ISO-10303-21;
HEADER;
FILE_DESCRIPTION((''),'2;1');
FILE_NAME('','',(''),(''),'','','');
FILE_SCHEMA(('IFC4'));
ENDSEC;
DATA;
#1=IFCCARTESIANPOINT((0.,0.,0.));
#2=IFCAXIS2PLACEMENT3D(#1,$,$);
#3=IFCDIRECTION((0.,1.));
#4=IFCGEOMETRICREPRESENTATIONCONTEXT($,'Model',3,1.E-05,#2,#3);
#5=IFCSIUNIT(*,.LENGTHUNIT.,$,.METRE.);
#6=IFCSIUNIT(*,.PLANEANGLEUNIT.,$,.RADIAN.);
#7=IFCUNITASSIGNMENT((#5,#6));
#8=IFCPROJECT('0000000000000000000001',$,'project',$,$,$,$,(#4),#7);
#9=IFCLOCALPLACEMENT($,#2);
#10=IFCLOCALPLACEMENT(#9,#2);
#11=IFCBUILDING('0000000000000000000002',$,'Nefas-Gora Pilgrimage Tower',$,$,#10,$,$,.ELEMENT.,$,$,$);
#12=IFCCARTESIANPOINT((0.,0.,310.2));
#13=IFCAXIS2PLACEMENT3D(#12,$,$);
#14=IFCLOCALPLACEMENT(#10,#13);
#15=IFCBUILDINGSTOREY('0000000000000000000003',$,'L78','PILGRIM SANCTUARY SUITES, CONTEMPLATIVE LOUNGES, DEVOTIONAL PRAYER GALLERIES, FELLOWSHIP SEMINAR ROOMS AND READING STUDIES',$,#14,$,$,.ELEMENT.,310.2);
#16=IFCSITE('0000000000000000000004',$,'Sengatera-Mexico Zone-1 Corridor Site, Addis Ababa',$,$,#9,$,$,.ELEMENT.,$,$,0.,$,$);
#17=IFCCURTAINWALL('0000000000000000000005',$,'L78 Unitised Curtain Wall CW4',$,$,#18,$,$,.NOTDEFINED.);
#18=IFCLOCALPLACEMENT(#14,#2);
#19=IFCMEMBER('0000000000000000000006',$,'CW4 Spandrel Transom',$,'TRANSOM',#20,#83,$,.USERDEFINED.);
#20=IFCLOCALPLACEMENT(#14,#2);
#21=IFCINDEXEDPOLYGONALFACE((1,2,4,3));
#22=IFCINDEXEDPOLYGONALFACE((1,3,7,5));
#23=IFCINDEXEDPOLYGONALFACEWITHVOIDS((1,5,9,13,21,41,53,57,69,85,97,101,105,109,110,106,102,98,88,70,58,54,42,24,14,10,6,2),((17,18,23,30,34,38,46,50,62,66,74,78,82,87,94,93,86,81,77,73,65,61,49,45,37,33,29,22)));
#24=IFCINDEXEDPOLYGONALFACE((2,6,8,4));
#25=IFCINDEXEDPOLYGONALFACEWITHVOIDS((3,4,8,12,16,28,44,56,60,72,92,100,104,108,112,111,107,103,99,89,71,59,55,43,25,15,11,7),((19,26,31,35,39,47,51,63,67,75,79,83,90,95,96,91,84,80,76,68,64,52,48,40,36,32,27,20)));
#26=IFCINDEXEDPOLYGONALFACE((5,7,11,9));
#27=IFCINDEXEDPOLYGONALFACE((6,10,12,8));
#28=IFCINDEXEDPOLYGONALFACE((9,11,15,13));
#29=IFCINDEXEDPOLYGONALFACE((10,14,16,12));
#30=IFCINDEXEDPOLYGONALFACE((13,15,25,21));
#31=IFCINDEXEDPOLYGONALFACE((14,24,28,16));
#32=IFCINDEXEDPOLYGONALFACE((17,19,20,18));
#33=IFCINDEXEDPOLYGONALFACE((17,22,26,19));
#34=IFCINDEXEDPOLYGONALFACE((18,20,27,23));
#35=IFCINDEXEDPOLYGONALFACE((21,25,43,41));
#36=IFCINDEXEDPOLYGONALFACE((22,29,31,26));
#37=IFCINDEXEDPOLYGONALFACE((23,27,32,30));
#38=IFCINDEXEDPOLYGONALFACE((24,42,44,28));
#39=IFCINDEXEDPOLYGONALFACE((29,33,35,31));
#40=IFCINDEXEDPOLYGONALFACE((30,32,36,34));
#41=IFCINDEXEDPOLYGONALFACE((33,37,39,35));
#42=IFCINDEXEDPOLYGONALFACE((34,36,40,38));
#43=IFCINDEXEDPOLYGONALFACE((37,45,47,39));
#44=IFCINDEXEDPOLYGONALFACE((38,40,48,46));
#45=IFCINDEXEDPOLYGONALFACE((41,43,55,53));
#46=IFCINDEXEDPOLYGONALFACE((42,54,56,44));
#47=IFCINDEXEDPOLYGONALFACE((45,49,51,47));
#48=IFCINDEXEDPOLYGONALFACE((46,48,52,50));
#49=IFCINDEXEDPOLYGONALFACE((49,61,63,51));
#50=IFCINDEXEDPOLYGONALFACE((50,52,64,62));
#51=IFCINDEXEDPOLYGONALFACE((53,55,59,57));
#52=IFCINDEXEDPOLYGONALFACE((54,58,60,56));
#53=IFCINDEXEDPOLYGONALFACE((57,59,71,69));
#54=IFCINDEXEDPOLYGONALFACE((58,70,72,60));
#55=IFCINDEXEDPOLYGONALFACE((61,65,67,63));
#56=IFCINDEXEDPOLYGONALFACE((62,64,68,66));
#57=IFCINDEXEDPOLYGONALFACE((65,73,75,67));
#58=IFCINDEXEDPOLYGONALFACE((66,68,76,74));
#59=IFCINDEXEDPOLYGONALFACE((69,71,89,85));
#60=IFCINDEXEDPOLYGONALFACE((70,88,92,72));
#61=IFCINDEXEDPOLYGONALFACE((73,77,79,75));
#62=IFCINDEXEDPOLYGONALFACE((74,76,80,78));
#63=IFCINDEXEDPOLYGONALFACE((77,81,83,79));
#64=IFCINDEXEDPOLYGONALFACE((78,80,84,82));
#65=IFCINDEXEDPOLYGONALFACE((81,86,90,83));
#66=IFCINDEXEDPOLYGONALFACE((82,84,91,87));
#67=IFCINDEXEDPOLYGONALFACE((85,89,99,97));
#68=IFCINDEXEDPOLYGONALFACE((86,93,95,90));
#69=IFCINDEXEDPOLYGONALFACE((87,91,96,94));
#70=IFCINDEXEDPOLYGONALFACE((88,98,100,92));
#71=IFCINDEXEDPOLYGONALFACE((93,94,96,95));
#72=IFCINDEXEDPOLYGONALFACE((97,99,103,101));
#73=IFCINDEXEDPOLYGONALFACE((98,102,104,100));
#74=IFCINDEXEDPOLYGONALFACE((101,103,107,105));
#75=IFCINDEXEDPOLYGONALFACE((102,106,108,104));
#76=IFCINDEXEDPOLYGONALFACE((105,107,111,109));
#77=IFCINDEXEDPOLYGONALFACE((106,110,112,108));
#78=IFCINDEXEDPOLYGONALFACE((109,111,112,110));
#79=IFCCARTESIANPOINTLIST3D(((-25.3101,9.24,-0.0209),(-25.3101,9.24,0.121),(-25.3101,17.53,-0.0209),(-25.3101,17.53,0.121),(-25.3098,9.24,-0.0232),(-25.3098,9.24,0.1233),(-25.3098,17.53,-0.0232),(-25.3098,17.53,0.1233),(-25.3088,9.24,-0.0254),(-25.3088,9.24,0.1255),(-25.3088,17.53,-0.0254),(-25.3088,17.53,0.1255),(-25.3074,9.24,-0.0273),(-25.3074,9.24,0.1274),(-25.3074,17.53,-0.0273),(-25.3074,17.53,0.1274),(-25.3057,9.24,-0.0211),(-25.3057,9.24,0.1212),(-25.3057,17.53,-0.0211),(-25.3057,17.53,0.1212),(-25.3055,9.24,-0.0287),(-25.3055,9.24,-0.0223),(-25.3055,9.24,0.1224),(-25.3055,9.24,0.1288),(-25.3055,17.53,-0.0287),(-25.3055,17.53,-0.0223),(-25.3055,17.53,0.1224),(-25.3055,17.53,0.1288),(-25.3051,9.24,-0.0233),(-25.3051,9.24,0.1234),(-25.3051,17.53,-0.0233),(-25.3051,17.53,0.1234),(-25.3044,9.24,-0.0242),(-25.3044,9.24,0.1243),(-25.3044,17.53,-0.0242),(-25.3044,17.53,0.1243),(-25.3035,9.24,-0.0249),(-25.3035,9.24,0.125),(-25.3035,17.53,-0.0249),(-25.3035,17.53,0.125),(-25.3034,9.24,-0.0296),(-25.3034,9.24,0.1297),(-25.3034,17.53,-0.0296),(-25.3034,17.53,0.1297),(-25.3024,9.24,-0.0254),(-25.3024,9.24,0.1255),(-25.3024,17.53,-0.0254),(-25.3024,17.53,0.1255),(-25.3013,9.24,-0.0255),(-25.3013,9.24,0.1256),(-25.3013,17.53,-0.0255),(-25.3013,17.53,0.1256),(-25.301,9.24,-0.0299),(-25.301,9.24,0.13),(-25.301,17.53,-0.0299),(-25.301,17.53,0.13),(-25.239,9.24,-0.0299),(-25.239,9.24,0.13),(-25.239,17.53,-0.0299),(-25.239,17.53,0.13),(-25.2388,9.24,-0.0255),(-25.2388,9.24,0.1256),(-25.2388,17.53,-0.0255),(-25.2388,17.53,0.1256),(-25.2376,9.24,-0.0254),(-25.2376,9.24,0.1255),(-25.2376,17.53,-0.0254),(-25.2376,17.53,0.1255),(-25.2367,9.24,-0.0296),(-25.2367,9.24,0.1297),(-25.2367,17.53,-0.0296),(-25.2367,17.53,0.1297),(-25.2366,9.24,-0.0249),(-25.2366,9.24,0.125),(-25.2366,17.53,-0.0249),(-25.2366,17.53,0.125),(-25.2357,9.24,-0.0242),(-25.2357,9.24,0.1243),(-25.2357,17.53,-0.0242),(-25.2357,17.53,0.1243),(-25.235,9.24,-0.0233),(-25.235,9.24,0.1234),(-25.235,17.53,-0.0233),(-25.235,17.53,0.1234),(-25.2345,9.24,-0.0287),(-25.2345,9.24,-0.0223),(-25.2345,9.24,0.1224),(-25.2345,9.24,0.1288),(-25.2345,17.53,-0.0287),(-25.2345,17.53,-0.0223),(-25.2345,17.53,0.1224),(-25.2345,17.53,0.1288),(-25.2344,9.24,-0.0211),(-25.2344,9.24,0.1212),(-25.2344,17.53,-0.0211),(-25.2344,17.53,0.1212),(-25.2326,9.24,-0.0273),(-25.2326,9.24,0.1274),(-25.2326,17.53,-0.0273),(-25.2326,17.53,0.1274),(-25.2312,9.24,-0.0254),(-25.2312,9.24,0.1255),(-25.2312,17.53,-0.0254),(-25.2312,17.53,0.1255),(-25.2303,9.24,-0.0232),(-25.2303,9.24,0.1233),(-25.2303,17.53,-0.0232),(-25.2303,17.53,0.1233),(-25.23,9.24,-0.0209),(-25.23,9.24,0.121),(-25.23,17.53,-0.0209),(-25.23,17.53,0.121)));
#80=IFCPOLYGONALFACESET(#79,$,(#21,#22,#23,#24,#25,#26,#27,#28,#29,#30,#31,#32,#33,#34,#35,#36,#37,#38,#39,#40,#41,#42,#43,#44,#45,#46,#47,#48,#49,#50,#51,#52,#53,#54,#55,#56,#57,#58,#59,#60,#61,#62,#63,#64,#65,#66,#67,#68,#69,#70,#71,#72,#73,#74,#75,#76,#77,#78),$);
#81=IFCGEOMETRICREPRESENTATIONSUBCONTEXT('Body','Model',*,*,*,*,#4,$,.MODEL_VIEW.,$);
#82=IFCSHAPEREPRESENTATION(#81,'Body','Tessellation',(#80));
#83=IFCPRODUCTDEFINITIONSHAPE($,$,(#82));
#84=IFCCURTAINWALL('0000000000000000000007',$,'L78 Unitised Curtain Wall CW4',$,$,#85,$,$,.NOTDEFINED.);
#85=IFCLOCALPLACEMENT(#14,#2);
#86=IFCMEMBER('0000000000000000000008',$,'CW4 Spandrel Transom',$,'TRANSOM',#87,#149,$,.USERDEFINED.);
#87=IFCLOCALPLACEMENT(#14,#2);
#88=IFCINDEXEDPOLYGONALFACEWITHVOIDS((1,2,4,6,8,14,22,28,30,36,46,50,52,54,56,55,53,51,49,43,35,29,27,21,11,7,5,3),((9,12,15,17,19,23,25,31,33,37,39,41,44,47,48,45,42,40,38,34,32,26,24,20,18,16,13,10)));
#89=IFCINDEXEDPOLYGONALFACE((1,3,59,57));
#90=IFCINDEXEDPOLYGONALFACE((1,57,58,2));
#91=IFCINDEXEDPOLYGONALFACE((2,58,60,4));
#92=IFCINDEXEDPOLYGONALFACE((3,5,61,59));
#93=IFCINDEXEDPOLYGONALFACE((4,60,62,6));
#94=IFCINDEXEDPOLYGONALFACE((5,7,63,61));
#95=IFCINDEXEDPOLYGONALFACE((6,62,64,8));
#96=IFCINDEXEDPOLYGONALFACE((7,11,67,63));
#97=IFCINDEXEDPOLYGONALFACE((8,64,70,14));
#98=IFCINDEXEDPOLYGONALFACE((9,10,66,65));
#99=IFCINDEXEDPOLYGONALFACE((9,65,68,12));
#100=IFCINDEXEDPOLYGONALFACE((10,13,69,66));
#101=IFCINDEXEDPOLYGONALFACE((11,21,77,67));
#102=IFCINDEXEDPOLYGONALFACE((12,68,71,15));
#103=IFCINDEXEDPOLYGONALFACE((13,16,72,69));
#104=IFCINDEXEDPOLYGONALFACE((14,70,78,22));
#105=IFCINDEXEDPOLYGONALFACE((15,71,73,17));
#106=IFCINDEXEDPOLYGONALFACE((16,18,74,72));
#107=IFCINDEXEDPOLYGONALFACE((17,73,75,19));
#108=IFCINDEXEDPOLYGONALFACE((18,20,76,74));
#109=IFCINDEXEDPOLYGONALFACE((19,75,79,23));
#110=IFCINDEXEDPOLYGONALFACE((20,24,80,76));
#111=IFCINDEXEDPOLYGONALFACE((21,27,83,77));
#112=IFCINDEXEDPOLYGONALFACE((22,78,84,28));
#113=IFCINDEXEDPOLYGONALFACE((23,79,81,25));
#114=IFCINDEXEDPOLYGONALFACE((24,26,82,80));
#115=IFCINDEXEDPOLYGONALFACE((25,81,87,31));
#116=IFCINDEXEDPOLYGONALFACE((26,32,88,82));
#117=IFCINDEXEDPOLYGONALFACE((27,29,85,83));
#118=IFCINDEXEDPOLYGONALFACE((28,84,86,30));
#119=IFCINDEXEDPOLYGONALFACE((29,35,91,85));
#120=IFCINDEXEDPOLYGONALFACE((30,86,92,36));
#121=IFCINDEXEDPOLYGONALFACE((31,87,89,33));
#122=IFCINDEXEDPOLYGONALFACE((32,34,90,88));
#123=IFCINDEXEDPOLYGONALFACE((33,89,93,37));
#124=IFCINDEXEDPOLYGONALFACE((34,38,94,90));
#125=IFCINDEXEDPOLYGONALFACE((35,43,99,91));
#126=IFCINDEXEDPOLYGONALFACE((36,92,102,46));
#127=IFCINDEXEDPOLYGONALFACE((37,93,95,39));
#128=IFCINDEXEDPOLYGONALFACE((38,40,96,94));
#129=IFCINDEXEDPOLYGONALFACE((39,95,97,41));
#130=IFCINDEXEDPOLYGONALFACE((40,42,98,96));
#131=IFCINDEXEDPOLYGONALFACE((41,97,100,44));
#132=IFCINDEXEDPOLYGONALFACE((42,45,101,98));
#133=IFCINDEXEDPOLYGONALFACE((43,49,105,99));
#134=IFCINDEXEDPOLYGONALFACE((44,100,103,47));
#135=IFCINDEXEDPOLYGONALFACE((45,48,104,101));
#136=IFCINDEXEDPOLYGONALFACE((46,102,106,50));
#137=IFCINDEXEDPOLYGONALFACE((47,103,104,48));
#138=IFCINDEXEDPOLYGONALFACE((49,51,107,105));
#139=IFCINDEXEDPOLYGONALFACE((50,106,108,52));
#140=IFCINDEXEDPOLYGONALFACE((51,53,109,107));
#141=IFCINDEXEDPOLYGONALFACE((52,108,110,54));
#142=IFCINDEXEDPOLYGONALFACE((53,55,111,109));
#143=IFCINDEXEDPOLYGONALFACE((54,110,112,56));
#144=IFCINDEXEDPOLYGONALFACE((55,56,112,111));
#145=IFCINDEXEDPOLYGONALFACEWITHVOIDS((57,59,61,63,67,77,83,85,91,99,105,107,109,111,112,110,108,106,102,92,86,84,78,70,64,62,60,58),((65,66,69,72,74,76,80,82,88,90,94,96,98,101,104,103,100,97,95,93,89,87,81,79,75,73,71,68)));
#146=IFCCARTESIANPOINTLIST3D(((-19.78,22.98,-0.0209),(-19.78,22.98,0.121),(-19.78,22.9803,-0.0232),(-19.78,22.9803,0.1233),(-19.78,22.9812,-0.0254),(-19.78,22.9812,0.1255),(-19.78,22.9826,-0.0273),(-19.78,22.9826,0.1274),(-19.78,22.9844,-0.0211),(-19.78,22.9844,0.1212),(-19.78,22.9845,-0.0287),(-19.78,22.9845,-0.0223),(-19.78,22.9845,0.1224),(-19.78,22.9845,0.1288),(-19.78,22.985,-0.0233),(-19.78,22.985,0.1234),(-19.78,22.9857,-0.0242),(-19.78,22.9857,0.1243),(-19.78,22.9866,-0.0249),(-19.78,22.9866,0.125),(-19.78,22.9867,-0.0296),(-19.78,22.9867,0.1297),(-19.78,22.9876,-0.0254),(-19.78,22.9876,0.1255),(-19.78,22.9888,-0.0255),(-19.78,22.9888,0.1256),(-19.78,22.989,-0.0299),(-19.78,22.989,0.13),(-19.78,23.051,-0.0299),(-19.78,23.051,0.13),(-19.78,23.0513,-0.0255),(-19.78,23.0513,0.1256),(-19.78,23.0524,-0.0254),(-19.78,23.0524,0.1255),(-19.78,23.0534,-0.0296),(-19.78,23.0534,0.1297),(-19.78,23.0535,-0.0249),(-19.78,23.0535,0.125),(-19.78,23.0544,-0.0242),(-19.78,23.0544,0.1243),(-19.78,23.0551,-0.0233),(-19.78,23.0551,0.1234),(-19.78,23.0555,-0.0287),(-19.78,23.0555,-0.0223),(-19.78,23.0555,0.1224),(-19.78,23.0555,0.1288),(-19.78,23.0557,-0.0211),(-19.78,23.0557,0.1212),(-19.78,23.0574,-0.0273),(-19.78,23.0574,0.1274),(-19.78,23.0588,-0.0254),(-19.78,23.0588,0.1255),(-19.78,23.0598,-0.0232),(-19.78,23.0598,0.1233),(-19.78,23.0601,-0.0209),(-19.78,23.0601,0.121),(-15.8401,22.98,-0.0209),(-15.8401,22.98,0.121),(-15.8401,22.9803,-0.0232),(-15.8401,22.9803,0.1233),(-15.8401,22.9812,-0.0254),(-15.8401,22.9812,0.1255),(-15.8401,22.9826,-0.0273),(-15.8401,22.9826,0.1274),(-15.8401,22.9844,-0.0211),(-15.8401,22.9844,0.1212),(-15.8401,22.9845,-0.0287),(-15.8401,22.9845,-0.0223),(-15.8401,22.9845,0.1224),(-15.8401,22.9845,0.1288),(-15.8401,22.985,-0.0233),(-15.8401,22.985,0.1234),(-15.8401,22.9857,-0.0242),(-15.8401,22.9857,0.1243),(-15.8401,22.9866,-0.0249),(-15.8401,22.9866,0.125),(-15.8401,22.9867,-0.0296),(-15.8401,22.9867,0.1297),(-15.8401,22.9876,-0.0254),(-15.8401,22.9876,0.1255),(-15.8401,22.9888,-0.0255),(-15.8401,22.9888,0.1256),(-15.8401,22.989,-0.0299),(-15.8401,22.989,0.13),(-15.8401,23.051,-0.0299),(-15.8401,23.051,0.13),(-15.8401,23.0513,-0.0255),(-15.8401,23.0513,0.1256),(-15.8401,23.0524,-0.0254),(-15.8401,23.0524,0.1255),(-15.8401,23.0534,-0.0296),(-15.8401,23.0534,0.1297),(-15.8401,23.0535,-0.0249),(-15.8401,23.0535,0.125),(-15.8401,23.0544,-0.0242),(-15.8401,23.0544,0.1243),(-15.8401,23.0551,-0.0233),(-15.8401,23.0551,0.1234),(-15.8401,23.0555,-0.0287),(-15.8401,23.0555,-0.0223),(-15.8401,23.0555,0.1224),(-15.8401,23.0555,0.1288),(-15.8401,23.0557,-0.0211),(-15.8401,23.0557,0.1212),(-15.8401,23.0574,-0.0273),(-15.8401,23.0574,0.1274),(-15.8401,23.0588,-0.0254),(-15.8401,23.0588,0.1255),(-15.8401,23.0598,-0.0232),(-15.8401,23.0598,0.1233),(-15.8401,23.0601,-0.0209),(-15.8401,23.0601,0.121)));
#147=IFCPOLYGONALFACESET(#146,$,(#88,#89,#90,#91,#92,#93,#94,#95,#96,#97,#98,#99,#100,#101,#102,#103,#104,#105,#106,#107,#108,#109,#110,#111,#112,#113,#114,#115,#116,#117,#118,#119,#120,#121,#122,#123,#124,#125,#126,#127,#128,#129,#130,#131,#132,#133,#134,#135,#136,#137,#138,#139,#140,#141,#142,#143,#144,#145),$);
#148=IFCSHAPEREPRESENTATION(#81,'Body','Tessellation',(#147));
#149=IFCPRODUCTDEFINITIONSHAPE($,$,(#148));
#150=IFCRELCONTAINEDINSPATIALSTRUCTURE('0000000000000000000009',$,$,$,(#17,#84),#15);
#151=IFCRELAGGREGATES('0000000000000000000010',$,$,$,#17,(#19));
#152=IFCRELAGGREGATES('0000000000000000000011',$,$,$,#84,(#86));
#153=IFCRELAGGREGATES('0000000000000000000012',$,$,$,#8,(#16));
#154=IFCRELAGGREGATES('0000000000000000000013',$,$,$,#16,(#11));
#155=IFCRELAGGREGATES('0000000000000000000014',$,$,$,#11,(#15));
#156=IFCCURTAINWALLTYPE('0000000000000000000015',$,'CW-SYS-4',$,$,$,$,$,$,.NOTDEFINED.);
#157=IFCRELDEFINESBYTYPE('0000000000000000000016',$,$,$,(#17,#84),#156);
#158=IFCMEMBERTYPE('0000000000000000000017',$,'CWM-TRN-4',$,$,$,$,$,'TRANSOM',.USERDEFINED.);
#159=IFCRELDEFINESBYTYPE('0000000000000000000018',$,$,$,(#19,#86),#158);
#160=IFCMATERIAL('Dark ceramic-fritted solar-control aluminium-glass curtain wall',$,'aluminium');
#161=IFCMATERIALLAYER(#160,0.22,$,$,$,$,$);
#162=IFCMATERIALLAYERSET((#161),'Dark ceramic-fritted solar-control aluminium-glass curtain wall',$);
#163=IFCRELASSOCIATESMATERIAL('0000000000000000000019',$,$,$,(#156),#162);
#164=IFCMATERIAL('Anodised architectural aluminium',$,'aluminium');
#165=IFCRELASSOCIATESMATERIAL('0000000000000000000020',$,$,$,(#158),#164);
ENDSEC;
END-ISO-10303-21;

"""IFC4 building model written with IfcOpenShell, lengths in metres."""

from ifc_helpers import new_model, si_unit, direction, frame, origin, origin_2d, place, context, subcontext, project, spatial, hollow_rectangle, extrude, source, transform, mapped, material, layer, layer_set, material_profile, profile_set, type_object, element, aggregate, save


model = new_model("IFC4")

# Units and contexts
model_context = context("Model", 3, precision=1e-05, world=origin(), true_north=direction((0.0, 1.0)))
body_context = subcontext(model_context, "Body", "Model", "MODEL_VIEW")
ifc_project = project(units=[si_unit("LENGTHUNIT", "METRE"), si_unit("PLANEANGLEUNIT", "RADIAN")], contexts=[model_context])

# Site, building, storey
site_placement = place(None, origin())
site = spatial("IfcSite", under=ifc_project, at=site_placement, Name="Sengatera-Mexico Zone-1 Corridor Site, Addis Ababa", CompositionType="ELEMENT", RefElevation=0.0)
building_placement = place(site_placement, origin())
building = spatial("IfcBuilding", under=site, at=building_placement, Name="Nefas-Gora Pilgrimage Tower", CompositionType="ELEMENT")
storey_placement = place(building_placement, frame((0.0, 0.0, 310.2)))
storey = spatial("IfcBuildingStorey", under=building, at=storey_placement, Name="L78", Description="PILGRIM SANCTUARY SUITES, CONTEMPLATIVE LOUNGES, DEVOTIONAL PRAYER GALLERIES, FELLOWSHIP SEMINAR ROOMS AND READING STUDIES", CompositionType="ELEMENT", Elevation=310.2)

# Curtain wall, member
ifc_material_1 = material(Name="Dark ceramic-fritted solar-control aluminium-glass curtain wall", Category="aluminium")
ifc_material_2 = material(Name="Anodised architectural aluminium", Category="aluminium")
ifc_layer_1 = layer(ifc_material_1, 0.22)
ifc_layer_set_1 = layer_set([ifc_layer_1], Name="Dark ceramic-fritted solar-control aluminium-glass curtain wall")
curtain_wall_type_1 = type_object("IfcCurtainWallType", Name="CW-SYS-4", PredefinedType="NOTDEFINED", material=ifc_layer_set_1)
curtain_wall_1_placement = place(storey_placement, origin())
curtain_wall_1 = element("IfcCurtainWall", 1, at=curtain_wall_1_placement, inside=storey, type_object=curtain_wall_type_1, Name="L78 Unitised Curtain Wall CW4", PredefinedType="NOTDEFINED")
ifc_material_profile_1 = material_profile(ifc_material_2, hollow_rectangle(XDim=0.0801, YDim=0.1599, WallThickness=0.0044, InnerFilletRadius=0.0044, OuterFilletRadius=0.009, at=origin_2d()), Name="ALU TRANSOM 80x160")
ifc_profile_set_1 = profile_set([ifc_material_profile_1], Name="Anodised architectural aluminium")
member_type_1 = type_object("IfcMemberType", Name="CWM-TRN-4", ElementType="TRANSOM", PredefinedType="USERDEFINED", material=ifc_profile_set_1)
shared_shape_1 = source(origin(), body_context, "Body", "SweptSolid", [
    extrude(hollow_rectangle(XDim=0.0801, YDim=0.1599, WallThickness=0.0044, InnerFilletRadius=0.0044, OuterFilletRadius=0.009, at=origin_2d()), origin(), (0.0, 0.0, 1.0), 8.29),
])
member_1_placement = place(storey_placement, frame((-25.27, 17.53, 0.05), z_axis=(0.0, -1.0, 0.0), x_axis=(1.0, 0.0, 0.0)))
member_1 = element("IfcMember", 2, at=member_1_placement, type_object=member_type_1, Name="CW4 Spandrel Transom", ObjectType="TRANSOM", PredefinedType="USERDEFINED", context=body_context, shape_type="MappedRepresentation", body=[
    mapped(shared_shape_1, transform((0.0, 0.0, 0.0), x_axis=(1.0, 0.0, 0.0), y_axis=(0.0, 1.0, 0.0), z_axis=(0.0, 0.0, 1.0), scale=1.0)),
])

# Curtain wall, member
curtain_wall_2_placement = place(storey_placement, origin())
curtain_wall_2 = element("IfcCurtainWall", 3, at=curtain_wall_2_placement, inside=storey, type_object=curtain_wall_type_1, Name="L78 Unitised Curtain Wall CW4", PredefinedType="NOTDEFINED")
shared_shape_2 = source(origin(), body_context, "Body", "SweptSolid", [
    extrude(hollow_rectangle(XDim=0.0801, YDim=0.1599, WallThickness=0.0044, InnerFilletRadius=0.0044, OuterFilletRadius=0.009, at=origin_2d()), origin(), (0.0, 0.0, 1.0), 3.9399),
])
member_2_placement = place(storey_placement, frame((-15.8401, 23.02, 0.05), z_axis=(-1.0, 0.0, 0.0), x_axis=(0.0, -1.0, 0.0)))
member_2 = element("IfcMember", 4, at=member_2_placement, type_object=member_type_1, Name="CW4 Spandrel Transom", ObjectType="TRANSOM", PredefinedType="USERDEFINED", context=body_context, shape_type="MappedRepresentation", body=[
    mapped(shared_shape_2, transform((0.0, 0.0, 0.0), x_axis=(1.0, 0.0, 0.0), y_axis=(0.0, 1.0, 0.0), z_axis=(0.0, 0.0, 1.0), scale=1.0)),
])

aggregate(curtain_wall_1, [member_1])
aggregate(curtain_wall_2, [member_2])

save(model, "model.ifc")
